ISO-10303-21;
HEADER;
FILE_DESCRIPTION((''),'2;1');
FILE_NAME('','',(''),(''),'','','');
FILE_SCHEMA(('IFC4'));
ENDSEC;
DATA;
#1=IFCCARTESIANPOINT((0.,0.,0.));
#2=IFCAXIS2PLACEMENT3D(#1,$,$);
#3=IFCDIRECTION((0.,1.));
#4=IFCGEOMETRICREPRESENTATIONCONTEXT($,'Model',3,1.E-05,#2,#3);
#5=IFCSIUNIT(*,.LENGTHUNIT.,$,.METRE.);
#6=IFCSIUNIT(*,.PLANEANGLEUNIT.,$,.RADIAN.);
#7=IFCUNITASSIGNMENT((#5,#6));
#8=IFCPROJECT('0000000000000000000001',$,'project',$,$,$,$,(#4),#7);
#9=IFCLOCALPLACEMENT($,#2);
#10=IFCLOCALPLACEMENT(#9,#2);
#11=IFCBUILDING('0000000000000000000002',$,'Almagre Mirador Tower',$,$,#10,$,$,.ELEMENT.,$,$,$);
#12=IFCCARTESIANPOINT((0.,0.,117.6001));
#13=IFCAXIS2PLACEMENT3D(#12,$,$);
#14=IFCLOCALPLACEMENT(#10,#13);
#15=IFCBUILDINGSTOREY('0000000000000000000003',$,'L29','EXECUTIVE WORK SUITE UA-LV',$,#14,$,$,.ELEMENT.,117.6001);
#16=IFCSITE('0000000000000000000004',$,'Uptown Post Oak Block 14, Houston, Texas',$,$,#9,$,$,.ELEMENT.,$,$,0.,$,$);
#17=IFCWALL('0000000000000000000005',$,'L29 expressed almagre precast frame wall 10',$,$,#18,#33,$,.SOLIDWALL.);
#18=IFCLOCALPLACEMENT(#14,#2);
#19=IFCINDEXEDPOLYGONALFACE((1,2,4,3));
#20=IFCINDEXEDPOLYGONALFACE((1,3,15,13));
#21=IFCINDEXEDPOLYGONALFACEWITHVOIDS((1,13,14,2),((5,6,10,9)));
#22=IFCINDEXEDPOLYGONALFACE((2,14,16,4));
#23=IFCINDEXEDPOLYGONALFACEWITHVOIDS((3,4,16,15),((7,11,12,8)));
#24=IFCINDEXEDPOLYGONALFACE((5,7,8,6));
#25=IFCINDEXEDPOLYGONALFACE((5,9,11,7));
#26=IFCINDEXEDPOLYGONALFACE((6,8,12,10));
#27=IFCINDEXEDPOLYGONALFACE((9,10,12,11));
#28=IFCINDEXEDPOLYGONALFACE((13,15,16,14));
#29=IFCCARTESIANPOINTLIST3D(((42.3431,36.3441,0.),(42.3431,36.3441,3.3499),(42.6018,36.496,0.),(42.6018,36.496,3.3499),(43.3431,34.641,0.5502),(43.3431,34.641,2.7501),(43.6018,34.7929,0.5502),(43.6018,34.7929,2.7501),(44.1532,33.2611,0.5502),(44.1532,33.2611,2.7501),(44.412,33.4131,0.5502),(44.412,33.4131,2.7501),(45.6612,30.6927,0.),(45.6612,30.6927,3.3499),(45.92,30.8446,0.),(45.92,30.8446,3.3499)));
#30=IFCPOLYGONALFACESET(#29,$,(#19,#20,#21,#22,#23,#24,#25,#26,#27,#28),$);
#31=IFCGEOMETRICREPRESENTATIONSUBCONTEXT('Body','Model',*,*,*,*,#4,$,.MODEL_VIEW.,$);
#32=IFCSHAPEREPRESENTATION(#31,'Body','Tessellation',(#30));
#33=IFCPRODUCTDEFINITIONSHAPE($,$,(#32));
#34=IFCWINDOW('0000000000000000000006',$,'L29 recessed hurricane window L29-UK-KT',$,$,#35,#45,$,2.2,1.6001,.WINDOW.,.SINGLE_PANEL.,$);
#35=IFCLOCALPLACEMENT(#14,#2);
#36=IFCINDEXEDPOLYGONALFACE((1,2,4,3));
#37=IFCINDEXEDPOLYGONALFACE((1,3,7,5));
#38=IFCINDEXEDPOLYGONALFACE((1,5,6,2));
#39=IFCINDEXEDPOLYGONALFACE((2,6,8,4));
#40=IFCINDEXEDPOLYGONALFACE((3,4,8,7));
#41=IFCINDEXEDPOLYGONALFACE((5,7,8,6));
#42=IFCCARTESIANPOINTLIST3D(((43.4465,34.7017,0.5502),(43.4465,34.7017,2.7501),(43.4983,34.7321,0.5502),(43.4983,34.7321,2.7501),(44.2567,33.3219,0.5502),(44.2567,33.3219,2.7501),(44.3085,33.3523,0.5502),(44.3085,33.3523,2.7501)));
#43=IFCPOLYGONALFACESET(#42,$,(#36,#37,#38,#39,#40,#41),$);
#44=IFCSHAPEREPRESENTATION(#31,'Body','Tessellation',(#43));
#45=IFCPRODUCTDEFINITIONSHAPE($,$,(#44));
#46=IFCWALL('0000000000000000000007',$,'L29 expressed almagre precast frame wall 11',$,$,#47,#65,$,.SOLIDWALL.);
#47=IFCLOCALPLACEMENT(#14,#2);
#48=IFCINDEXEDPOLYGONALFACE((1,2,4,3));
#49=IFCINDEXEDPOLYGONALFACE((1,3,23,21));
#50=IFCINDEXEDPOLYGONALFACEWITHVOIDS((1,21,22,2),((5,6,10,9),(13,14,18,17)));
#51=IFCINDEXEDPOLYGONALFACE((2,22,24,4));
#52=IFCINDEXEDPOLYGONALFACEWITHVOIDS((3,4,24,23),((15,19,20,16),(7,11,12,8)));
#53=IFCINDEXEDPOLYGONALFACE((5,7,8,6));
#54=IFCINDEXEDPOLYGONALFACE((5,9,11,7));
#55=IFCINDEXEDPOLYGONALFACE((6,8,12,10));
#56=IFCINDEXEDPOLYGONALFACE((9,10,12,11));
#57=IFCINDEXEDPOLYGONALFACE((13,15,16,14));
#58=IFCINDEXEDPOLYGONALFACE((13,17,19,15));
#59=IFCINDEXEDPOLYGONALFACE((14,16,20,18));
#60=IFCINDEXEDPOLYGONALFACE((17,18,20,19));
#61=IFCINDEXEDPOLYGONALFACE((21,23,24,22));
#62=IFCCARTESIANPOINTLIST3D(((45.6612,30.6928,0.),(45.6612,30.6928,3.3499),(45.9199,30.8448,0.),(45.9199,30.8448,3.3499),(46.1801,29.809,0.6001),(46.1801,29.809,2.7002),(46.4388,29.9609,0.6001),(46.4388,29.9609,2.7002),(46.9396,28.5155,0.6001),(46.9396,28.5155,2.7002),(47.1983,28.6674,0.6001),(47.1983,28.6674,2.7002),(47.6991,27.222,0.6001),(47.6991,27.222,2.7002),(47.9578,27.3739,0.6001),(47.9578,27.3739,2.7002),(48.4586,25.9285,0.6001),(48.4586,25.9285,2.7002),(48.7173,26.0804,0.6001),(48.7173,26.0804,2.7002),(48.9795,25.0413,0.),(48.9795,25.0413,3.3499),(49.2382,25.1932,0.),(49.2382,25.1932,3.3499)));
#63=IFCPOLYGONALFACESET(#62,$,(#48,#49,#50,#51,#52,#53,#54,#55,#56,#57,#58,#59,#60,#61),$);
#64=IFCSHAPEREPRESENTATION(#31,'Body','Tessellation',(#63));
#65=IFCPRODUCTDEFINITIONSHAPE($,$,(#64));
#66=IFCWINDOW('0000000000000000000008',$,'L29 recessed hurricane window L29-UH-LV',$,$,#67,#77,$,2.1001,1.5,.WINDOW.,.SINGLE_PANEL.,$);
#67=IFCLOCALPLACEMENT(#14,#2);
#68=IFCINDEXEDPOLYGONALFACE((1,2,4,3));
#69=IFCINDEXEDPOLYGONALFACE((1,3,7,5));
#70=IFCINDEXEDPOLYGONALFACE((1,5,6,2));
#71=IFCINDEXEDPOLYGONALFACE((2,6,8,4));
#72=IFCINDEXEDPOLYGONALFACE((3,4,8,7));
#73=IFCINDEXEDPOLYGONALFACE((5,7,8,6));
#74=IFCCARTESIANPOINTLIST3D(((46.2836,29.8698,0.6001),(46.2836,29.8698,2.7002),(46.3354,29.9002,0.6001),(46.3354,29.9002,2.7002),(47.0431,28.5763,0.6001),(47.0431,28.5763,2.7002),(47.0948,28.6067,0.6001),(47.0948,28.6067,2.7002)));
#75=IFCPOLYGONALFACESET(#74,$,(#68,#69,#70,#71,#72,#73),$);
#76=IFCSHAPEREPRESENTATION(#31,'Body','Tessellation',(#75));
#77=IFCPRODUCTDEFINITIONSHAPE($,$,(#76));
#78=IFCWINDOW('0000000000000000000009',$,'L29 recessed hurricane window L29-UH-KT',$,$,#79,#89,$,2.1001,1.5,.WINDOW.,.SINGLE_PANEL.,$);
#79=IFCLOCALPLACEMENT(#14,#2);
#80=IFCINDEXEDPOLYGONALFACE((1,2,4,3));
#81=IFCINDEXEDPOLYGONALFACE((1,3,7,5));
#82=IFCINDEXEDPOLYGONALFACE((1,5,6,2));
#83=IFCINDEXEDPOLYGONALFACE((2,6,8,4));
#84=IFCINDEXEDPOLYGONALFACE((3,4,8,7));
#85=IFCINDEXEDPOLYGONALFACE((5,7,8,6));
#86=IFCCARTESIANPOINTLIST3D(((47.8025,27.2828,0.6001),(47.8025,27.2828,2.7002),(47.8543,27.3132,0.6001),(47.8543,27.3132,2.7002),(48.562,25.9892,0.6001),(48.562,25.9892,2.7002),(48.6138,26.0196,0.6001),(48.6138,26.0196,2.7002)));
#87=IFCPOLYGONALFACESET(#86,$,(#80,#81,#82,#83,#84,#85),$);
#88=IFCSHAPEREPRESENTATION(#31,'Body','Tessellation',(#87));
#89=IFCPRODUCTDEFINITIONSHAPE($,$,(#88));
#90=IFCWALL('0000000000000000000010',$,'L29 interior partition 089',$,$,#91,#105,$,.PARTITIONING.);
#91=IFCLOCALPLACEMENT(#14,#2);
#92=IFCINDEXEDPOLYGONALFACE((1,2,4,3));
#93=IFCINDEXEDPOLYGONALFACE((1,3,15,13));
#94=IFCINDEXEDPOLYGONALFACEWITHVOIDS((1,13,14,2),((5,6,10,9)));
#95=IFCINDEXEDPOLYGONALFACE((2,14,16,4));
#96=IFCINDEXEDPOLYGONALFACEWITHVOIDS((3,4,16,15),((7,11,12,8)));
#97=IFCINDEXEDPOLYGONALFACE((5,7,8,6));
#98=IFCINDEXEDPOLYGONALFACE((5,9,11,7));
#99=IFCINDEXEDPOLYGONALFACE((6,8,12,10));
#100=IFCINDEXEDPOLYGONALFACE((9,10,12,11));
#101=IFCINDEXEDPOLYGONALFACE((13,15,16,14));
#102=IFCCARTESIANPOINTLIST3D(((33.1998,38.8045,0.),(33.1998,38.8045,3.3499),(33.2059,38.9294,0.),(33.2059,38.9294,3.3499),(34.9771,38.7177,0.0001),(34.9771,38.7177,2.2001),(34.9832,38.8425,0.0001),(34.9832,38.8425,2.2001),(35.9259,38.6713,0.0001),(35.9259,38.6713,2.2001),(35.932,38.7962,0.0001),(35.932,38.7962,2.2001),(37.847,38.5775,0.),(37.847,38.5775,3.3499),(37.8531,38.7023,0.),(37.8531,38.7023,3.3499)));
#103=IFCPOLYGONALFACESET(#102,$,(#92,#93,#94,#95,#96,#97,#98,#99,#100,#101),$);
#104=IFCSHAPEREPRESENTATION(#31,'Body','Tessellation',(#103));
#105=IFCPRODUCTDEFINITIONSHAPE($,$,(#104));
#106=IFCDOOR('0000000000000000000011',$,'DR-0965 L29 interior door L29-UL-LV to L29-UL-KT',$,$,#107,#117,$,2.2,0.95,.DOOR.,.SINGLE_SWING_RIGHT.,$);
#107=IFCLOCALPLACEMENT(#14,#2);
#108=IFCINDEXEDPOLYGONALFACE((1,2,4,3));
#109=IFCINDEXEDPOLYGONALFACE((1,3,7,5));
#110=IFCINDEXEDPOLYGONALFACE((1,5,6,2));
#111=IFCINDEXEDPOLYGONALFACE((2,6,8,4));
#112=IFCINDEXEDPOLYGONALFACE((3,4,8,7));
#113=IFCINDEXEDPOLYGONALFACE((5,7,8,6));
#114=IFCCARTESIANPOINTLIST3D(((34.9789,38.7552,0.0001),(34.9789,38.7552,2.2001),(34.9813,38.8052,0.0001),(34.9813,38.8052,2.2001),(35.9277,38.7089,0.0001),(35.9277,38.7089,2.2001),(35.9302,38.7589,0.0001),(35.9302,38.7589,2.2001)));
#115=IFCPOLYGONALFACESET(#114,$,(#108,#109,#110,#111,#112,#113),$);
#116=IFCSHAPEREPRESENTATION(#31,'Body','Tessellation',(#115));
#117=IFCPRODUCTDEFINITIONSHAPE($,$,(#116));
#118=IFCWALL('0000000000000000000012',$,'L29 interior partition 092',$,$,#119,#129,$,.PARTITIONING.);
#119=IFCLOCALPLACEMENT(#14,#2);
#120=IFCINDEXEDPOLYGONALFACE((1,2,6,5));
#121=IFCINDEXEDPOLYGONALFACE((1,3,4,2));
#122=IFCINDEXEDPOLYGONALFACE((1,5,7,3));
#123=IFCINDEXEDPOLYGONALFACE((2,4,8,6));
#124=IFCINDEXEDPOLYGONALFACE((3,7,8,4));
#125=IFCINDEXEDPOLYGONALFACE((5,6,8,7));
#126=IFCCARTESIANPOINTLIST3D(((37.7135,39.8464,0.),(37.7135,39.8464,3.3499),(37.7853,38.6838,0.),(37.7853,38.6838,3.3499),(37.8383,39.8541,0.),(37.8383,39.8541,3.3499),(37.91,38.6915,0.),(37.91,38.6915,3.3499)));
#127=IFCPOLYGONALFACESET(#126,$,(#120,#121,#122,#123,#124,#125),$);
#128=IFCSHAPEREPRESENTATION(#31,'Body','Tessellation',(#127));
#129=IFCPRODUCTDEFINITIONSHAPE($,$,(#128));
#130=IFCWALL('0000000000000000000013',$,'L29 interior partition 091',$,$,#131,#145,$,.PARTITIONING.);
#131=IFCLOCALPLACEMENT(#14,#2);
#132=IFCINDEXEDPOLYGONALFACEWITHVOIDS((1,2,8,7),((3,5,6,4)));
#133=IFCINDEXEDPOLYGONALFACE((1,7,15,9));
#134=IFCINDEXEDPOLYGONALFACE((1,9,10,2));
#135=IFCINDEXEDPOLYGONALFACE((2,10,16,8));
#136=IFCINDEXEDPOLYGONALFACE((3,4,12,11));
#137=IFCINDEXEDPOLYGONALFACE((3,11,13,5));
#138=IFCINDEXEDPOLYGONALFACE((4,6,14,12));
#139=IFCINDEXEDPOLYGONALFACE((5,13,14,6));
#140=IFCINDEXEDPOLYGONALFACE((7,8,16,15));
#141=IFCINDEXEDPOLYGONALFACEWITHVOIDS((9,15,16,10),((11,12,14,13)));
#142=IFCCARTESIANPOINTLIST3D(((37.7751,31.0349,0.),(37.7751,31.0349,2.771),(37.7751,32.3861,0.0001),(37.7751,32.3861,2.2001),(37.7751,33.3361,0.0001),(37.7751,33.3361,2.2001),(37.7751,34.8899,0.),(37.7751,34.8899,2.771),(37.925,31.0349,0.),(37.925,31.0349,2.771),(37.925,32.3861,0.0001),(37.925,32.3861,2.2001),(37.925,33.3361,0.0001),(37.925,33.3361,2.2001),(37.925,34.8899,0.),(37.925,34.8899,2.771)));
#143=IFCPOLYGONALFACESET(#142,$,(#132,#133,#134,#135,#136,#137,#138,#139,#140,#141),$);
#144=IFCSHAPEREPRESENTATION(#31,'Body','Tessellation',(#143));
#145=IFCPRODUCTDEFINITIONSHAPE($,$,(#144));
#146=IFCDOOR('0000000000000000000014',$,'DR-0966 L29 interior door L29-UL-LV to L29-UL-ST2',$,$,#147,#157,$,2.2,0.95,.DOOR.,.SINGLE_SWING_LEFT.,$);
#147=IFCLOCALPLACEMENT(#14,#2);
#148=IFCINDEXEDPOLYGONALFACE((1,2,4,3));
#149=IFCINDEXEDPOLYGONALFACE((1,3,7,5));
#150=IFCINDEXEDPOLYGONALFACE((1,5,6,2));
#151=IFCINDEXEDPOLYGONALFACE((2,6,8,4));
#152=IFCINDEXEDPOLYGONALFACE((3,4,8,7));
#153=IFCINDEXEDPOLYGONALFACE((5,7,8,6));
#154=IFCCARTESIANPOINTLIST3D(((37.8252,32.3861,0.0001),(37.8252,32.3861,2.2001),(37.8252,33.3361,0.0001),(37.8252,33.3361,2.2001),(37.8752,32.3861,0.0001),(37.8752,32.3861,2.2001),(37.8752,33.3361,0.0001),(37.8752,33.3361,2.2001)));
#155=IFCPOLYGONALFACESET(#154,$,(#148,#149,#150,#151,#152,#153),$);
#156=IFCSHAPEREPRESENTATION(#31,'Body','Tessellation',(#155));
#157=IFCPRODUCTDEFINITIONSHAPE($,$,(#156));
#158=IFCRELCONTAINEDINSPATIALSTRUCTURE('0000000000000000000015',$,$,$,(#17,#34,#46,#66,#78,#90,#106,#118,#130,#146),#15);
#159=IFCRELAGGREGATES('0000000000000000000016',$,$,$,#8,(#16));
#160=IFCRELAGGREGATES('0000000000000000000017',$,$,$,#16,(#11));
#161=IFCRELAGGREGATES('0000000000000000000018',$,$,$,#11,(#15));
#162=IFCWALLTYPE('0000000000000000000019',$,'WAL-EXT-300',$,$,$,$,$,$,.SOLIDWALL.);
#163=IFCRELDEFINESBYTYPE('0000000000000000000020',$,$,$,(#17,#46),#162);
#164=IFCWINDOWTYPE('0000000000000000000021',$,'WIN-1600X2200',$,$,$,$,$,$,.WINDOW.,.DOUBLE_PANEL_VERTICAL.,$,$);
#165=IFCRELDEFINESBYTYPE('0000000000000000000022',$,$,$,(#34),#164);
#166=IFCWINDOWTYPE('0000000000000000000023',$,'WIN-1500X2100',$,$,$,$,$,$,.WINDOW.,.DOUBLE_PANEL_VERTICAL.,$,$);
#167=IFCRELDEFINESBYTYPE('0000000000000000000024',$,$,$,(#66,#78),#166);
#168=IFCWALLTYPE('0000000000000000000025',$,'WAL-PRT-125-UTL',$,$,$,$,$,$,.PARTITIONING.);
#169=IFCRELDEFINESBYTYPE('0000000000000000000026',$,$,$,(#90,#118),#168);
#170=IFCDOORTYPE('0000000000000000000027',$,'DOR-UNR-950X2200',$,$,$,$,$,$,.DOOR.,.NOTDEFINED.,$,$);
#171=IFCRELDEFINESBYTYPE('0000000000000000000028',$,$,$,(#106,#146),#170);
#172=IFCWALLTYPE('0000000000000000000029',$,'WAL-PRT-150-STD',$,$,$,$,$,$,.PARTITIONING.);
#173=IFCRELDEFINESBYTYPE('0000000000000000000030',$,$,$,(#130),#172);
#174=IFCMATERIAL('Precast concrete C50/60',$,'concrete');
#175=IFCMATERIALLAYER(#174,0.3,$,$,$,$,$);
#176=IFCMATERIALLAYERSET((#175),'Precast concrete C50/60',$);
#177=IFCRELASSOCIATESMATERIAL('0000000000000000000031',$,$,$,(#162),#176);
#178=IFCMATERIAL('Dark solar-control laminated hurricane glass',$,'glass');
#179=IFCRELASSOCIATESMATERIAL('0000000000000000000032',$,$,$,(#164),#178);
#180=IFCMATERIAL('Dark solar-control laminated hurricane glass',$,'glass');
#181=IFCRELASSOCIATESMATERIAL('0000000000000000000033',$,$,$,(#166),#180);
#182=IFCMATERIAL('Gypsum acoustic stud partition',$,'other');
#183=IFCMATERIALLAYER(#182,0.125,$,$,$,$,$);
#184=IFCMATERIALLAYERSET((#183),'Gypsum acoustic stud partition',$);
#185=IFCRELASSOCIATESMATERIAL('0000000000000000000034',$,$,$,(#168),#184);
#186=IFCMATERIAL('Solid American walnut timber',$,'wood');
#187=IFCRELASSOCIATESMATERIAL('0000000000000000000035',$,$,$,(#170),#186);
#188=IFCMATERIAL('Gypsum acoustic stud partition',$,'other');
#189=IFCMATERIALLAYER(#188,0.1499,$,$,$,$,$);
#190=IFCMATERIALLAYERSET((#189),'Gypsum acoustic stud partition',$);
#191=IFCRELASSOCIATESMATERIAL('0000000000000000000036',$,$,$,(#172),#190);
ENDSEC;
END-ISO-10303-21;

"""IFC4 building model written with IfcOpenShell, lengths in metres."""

from ifc_helpers import new_model, si_unit, direction, frame, frame_2d, origin, place, context, subcontext, project, spatial, rectangle, extrude, material, layer, layer_set, type_object, element, fill, save


model = new_model("IFC4")

# Units and contexts
model_context = context("Model", 3, precision=1e-05, world=origin(), true_north=direction((0.0, 1.0)))
body_context = subcontext(model_context, "Body", "Model", "MODEL_VIEW")
ifc_project = project(units=[si_unit("LENGTHUNIT", "METRE"), si_unit("PLANEANGLEUNIT", "RADIAN")], contexts=[model_context])

# Site, building, storey
site_placement = place(None, origin())
site = spatial("IfcSite", under=ifc_project, at=site_placement, Name="Uptown Post Oak Block 14, Houston, Texas", CompositionType="ELEMENT", RefElevation=0.0)
building_placement = place(site_placement, origin())
building = spatial("IfcBuilding", under=site, at=building_placement, Name="Almagre Mirador Tower", CompositionType="ELEMENT")
storey_placement = place(building_placement, frame((0.0, 0.0, 117.6001)))
storey = spatial("IfcBuildingStorey", under=building, at=storey_placement, Name="L29", Description="EXECUTIVE WORK SUITE UA-LV", CompositionType="ELEMENT", Elevation=117.6001)

# Shared definitions
ifc_material_1 = material(Name="Precast concrete C50/60", Category="concrete")
ifc_layer_1 = layer(ifc_material_1, 0.3)
ifc_layer_set_1 = layer_set([ifc_layer_1], Name="Precast concrete C50/60")
wall_type_1 = type_object("IfcWallType", Name="WAL-EXT-300", PredefinedType="SOLIDWALL", material=ifc_layer_set_1)

# Wall, opening, window
wall_1_placement = place(storey_placement, frame((42.4724, 36.4202, 0.0), z_axis=(0.0, 0.0, 1.0), x_axis=(0.506315, -0.862349, 0.0)))
wall_1 = element("IfcWall", 1, at=wall_1_placement, inside=storey, type_object=wall_type_1, Name="L29 expressed almagre precast frame wall 10", PredefinedType="SOLIDWALL", context=body_context, shape_type="SweptSolid", body=[
    extrude(rectangle(XDim=6.5535, YDim=0.3, at=frame_2d((3.2769, 0.0))), origin(), (0.0, 0.0, 1.0), 3.3499),
])
opening_1_placement = place(wall_1_placement, frame((1.9751, 0.0, 0.55)))
opening_1 = element("IfcOpeningElement", 2, at=opening_1_placement, cuts=wall_1, PredefinedType="OPENING", context=body_context, shape_type="SweptSolid", body=[
    extrude(rectangle(XDim=1.6001, YDim=2.2, at=frame_2d((0.8, 1.1001))), frame((0.0, 0.1599, 0.0), z_axis=(0.0, -1.0, 0.0), x_axis=(1.0, 0.0, 0.0)), (0.0, 0.0, 1.0), 0.32),
])
ifc_material_2 = material(Name="Dark solar-control laminated hurricane glass", Category="glass")
window_type_1 = type_object("IfcWindowType", Name="WIN-1600X2200", PartitioningType="DOUBLE_PANEL_VERTICAL", PredefinedType="WINDOW", material=ifc_material_2)
window_1_placement = place(opening_1_placement, origin())
window_1 = element("IfcWindow", 3, at=window_1_placement, inside=storey, type_object=window_type_1, Name="L29 recessed hurricane window L29-UK-KT", OverallHeight=2.2, OverallWidth=1.6001, PartitioningType="SINGLE_PANEL", PredefinedType="WINDOW", context=body_context, shape_type="SweptSolid", body=[
    extrude(rectangle(XDim=1.6001, YDim=2.2, at=frame_2d((0.8, 1.1001))), frame((0.0, 0.03, 0.0), z_axis=(0.0, -1.0, 0.0), x_axis=(1.0, 0.0, 0.0)), (0.0, 0.0, 1.0), 0.0601),
])
fill(opening_1, window_1)

# Wall, openings, windows
wall_2_placement = place(storey_placement, frame((45.7905, 30.7688, 0.0), z_axis=(0.0, 0.0, 1.0), x_axis=(0.506326, -0.862342, 0.0)))
wall_2 = element("IfcWall", 4, at=wall_2_placement, inside=storey, type_object=wall_type_1, Name="L29 expressed almagre precast frame wall 11", PredefinedType="SOLIDWALL", context=body_context, shape_type="SweptSolid", body=[
    extrude(rectangle(XDim=6.5537, YDim=0.3, at=frame_2d((3.2769, 0.0))), origin(), (0.0, 0.0, 1.0), 3.3499),
])
opening_2_placement = place(wall_2_placement, frame((1.0249, 0.0, 0.6001)))
opening_2 = element("IfcOpeningElement", 5, at=opening_2_placement, cuts=wall_2, PredefinedType="OPENING", context=body_context, shape_type="SweptSolid", body=[
    extrude(rectangle(XDim=1.5, YDim=2.1001, at=frame_2d((0.75, 1.05))), frame((0.0, 0.1599, 0.0), z_axis=(0.0, -1.0, 0.0), x_axis=(1.0, 0.0, 0.0)), (0.0, 0.0, 1.0), 0.32),
])
opening_3_placement = place(wall_2_placement, frame((4.0249, 0.0, 0.6001)))
opening_3 = element("IfcOpeningElement", 6, at=opening_3_placement, cuts=wall_2, PredefinedType="OPENING", context=body_context, shape_type="SweptSolid", body=[
    extrude(rectangle(XDim=1.5, YDim=2.1001, at=frame_2d((0.75, 1.05))), frame((0.0, 0.1599, 0.0), z_axis=(0.0, -1.0, 0.0), x_axis=(1.0, 0.0, 0.0)), (0.0, 0.0, 1.0), 0.32),
])
ifc_material_3 = material(Name="Dark solar-control laminated hurricane glass", Category="glass")
window_type_2 = type_object("IfcWindowType", Name="WIN-1500X2100", PartitioningType="DOUBLE_PANEL_VERTICAL", PredefinedType="WINDOW", material=ifc_material_3)
window_2_placement = place(opening_2_placement, origin())
window_2 = element("IfcWindow", 7, at=window_2_placement, inside=storey, type_object=window_type_2, Name="L29 recessed hurricane window L29-UH-LV", OverallHeight=2.1001, OverallWidth=1.5, PartitioningType="SINGLE_PANEL", PredefinedType="WINDOW", context=body_context, shape_type="SweptSolid", body=[
    extrude(rectangle(XDim=1.5, YDim=2.1001, at=frame_2d((0.75, 1.05))), frame((0.0, 0.03, 0.0), z_axis=(0.0, -1.0, 0.0), x_axis=(1.0, 0.0, 0.0)), (0.0, 0.0, 1.0), 0.0601),
])
fill(opening_2, window_2)
window_3_placement = place(opening_3_placement, origin())
window_3 = element("IfcWindow", 8, at=window_3_placement, inside=storey, type_object=window_type_2, Name="L29 recessed hurricane window L29-UH-KT", OverallHeight=2.1001, OverallWidth=1.5, PartitioningType="SINGLE_PANEL", PredefinedType="WINDOW", context=body_context, shape_type="SweptSolid", body=[
    extrude(rectangle(XDim=1.5, YDim=2.1001, at=frame_2d((0.75, 1.05))), frame((0.0, 0.03, 0.0), z_axis=(0.0, -1.0, 0.0), x_axis=(1.0, 0.0, 0.0)), (0.0, 0.0, 1.0), 0.0601),
])
fill(opening_3, window_3)

# Wall, opening, door
ifc_material_4 = material(Name="Gypsum acoustic stud partition", Category="other")
ifc_layer_2 = layer(ifc_material_4, 0.125)
ifc_layer_set_2 = layer_set([ifc_layer_2], Name="Gypsum acoustic stud partition")
wall_type_2 = type_object("IfcWallType", Name="WAL-PRT-125-UTL", PredefinedType="PARTITIONING", material=ifc_layer_set_2)
wall_3_placement = place(storey_placement, frame((37.8501, 38.6399, 0.0), z_axis=(0.0, 0.0, 1.0), x_axis=(-0.998809, 0.048799, 0.0)))
wall_3 = element("IfcWall", 9, at=wall_3_placement, inside=storey, type_object=wall_type_2, Name="L29 interior partition 089", PredefinedType="PARTITIONING", context=body_context, shape_type="SweptSolid", body=[
    extrude(rectangle(XDim=4.6528, YDim=0.125, at=frame_2d((2.3264, 0.0))), origin(), (0.0, 0.0, 1.0), 3.3499),
])
opening_4_placement = place(wall_3_placement, frame((1.9233, 0.0, 0.0)))
opening_4 = element("IfcOpeningElement", 10, at=opening_4_placement, cuts=wall_3, PredefinedType="OPENING", context=body_context, shape_type="SweptSolid", body=[
    extrude(rectangle(XDim=0.95, YDim=2.2, at=frame_2d((0.4751, 1.1001))), frame((0.0, 0.0725, 0.0), z_axis=(0.0, -1.0, 0.0), x_axis=(1.0, 0.0, 0.0)), (0.0, 0.0, 1.0), 0.145),
])
ifc_material_5 = material(Name="Solid American walnut timber", Category="wood")
door_type_1 = type_object("IfcDoorType", Name="DOR-UNR-950X2200", OperationType="NOTDEFINED", PredefinedType="DOOR", material=ifc_material_5)
door_1_placement = place(opening_4_placement, origin())
door_1 = element("IfcDoor", 11, at=door_1_placement, inside=storey, type_object=door_type_1, Name="DR-0965 L29 interior door L29-UL-LV to L29-UL-KT", OperationType="SINGLE_SWING_RIGHT", OverallHeight=2.2, OverallWidth=0.95, PredefinedType="DOOR", context=body_context, shape_type="SweptSolid", body=[
    extrude(rectangle(XDim=0.95, YDim=2.2, at=frame_2d((0.4751, 1.1001))), frame((0.0, 0.0249, 0.0), z_axis=(0.0, -1.0, 0.0), x_axis=(1.0, 0.0, 0.0)), (0.0, 0.0, 1.0), 0.05),
])
fill(opening_4, door_1)

# Wall
wall_4_placement = place(storey_placement, frame((37.8477, 38.6875, 0.0), z_axis=(0.0, 0.0, 1.0), x_axis=(-0.061621, 0.9981, 0.0)))
element("IfcWall", 12, at=wall_4_placement, inside=storey, type_object=wall_type_2, Name="L29 interior partition 092", PredefinedType="PARTITIONING", context=body_context, shape_type="SweptSolid", body=[
    extrude(rectangle(XDim=1.1648, YDim=0.125, at=frame_2d((0.5825, 0.0))), origin(), (0.0, 0.0, 1.0), 3.3499),
])

# Wall, opening, door
ifc_material_6 = material(Name="Gypsum acoustic stud partition", Category="other")
ifc_layer_3 = layer(ifc_material_6, 0.1499)
ifc_layer_set_3 = layer_set([ifc_layer_3], Name="Gypsum acoustic stud partition")
wall_type_3 = type_object("IfcWallType", Name="WAL-PRT-150-STD", PredefinedType="PARTITIONING", material=ifc_layer_set_3)
wall_5_placement = place(storey_placement, frame((37.8501, 31.0349, 0.0), z_axis=(0.0, 0.0, 1.0), x_axis=(0.0, 1.0, 0.0)))
wall_5 = element("IfcWall", 13, at=wall_5_placement, inside=storey, type_object=wall_type_3, Name="L29 interior partition 091", PredefinedType="PARTITIONING", context=body_context, shape_type="SweptSolid", body=[
    extrude(rectangle(XDim=3.855, YDim=0.1499, at=frame_2d((1.9275, 0.0))), origin(), (0.0, 0.0, 1.0), 2.771),
])
opening_5_placement = place(wall_5_placement, frame((1.3511, 0.0, 0.0)))
opening_5 = element("IfcOpeningElement", 14, at=opening_5_placement, cuts=wall_5, PredefinedType="OPENING", context=body_context, shape_type="SweptSolid", body=[
    extrude(rectangle(XDim=0.95, YDim=2.2, at=frame_2d((0.4751, 1.1001))), frame((0.0, 0.085, 0.0), z_axis=(0.0, -1.0, 0.0), x_axis=(1.0, 0.0, 0.0)), (0.0, 0.0, 1.0), 0.1699),
])
door_2_placement = place(opening_5_placement, origin())
door_2 = element("IfcDoor", 15, at=door_2_placement, inside=storey, type_object=door_type_1, Name="DR-0966 L29 interior door L29-UL-LV to L29-UL-ST2", OperationType="SINGLE_SWING_LEFT", OverallHeight=2.2, OverallWidth=0.95, PredefinedType="DOOR", context=body_context, shape_type="SweptSolid", body=[
    extrude(rectangle(XDim=0.95, YDim=2.2, at=frame_2d((0.4751, 1.1001))), frame((0.0, 0.0249, 0.0), z_axis=(0.0, -1.0, 0.0), x_axis=(1.0, 0.0, 0.0)), (0.0, 0.0, 1.0), 0.05),
])
fill(opening_5, door_2)

save(model, "model.ifc")
